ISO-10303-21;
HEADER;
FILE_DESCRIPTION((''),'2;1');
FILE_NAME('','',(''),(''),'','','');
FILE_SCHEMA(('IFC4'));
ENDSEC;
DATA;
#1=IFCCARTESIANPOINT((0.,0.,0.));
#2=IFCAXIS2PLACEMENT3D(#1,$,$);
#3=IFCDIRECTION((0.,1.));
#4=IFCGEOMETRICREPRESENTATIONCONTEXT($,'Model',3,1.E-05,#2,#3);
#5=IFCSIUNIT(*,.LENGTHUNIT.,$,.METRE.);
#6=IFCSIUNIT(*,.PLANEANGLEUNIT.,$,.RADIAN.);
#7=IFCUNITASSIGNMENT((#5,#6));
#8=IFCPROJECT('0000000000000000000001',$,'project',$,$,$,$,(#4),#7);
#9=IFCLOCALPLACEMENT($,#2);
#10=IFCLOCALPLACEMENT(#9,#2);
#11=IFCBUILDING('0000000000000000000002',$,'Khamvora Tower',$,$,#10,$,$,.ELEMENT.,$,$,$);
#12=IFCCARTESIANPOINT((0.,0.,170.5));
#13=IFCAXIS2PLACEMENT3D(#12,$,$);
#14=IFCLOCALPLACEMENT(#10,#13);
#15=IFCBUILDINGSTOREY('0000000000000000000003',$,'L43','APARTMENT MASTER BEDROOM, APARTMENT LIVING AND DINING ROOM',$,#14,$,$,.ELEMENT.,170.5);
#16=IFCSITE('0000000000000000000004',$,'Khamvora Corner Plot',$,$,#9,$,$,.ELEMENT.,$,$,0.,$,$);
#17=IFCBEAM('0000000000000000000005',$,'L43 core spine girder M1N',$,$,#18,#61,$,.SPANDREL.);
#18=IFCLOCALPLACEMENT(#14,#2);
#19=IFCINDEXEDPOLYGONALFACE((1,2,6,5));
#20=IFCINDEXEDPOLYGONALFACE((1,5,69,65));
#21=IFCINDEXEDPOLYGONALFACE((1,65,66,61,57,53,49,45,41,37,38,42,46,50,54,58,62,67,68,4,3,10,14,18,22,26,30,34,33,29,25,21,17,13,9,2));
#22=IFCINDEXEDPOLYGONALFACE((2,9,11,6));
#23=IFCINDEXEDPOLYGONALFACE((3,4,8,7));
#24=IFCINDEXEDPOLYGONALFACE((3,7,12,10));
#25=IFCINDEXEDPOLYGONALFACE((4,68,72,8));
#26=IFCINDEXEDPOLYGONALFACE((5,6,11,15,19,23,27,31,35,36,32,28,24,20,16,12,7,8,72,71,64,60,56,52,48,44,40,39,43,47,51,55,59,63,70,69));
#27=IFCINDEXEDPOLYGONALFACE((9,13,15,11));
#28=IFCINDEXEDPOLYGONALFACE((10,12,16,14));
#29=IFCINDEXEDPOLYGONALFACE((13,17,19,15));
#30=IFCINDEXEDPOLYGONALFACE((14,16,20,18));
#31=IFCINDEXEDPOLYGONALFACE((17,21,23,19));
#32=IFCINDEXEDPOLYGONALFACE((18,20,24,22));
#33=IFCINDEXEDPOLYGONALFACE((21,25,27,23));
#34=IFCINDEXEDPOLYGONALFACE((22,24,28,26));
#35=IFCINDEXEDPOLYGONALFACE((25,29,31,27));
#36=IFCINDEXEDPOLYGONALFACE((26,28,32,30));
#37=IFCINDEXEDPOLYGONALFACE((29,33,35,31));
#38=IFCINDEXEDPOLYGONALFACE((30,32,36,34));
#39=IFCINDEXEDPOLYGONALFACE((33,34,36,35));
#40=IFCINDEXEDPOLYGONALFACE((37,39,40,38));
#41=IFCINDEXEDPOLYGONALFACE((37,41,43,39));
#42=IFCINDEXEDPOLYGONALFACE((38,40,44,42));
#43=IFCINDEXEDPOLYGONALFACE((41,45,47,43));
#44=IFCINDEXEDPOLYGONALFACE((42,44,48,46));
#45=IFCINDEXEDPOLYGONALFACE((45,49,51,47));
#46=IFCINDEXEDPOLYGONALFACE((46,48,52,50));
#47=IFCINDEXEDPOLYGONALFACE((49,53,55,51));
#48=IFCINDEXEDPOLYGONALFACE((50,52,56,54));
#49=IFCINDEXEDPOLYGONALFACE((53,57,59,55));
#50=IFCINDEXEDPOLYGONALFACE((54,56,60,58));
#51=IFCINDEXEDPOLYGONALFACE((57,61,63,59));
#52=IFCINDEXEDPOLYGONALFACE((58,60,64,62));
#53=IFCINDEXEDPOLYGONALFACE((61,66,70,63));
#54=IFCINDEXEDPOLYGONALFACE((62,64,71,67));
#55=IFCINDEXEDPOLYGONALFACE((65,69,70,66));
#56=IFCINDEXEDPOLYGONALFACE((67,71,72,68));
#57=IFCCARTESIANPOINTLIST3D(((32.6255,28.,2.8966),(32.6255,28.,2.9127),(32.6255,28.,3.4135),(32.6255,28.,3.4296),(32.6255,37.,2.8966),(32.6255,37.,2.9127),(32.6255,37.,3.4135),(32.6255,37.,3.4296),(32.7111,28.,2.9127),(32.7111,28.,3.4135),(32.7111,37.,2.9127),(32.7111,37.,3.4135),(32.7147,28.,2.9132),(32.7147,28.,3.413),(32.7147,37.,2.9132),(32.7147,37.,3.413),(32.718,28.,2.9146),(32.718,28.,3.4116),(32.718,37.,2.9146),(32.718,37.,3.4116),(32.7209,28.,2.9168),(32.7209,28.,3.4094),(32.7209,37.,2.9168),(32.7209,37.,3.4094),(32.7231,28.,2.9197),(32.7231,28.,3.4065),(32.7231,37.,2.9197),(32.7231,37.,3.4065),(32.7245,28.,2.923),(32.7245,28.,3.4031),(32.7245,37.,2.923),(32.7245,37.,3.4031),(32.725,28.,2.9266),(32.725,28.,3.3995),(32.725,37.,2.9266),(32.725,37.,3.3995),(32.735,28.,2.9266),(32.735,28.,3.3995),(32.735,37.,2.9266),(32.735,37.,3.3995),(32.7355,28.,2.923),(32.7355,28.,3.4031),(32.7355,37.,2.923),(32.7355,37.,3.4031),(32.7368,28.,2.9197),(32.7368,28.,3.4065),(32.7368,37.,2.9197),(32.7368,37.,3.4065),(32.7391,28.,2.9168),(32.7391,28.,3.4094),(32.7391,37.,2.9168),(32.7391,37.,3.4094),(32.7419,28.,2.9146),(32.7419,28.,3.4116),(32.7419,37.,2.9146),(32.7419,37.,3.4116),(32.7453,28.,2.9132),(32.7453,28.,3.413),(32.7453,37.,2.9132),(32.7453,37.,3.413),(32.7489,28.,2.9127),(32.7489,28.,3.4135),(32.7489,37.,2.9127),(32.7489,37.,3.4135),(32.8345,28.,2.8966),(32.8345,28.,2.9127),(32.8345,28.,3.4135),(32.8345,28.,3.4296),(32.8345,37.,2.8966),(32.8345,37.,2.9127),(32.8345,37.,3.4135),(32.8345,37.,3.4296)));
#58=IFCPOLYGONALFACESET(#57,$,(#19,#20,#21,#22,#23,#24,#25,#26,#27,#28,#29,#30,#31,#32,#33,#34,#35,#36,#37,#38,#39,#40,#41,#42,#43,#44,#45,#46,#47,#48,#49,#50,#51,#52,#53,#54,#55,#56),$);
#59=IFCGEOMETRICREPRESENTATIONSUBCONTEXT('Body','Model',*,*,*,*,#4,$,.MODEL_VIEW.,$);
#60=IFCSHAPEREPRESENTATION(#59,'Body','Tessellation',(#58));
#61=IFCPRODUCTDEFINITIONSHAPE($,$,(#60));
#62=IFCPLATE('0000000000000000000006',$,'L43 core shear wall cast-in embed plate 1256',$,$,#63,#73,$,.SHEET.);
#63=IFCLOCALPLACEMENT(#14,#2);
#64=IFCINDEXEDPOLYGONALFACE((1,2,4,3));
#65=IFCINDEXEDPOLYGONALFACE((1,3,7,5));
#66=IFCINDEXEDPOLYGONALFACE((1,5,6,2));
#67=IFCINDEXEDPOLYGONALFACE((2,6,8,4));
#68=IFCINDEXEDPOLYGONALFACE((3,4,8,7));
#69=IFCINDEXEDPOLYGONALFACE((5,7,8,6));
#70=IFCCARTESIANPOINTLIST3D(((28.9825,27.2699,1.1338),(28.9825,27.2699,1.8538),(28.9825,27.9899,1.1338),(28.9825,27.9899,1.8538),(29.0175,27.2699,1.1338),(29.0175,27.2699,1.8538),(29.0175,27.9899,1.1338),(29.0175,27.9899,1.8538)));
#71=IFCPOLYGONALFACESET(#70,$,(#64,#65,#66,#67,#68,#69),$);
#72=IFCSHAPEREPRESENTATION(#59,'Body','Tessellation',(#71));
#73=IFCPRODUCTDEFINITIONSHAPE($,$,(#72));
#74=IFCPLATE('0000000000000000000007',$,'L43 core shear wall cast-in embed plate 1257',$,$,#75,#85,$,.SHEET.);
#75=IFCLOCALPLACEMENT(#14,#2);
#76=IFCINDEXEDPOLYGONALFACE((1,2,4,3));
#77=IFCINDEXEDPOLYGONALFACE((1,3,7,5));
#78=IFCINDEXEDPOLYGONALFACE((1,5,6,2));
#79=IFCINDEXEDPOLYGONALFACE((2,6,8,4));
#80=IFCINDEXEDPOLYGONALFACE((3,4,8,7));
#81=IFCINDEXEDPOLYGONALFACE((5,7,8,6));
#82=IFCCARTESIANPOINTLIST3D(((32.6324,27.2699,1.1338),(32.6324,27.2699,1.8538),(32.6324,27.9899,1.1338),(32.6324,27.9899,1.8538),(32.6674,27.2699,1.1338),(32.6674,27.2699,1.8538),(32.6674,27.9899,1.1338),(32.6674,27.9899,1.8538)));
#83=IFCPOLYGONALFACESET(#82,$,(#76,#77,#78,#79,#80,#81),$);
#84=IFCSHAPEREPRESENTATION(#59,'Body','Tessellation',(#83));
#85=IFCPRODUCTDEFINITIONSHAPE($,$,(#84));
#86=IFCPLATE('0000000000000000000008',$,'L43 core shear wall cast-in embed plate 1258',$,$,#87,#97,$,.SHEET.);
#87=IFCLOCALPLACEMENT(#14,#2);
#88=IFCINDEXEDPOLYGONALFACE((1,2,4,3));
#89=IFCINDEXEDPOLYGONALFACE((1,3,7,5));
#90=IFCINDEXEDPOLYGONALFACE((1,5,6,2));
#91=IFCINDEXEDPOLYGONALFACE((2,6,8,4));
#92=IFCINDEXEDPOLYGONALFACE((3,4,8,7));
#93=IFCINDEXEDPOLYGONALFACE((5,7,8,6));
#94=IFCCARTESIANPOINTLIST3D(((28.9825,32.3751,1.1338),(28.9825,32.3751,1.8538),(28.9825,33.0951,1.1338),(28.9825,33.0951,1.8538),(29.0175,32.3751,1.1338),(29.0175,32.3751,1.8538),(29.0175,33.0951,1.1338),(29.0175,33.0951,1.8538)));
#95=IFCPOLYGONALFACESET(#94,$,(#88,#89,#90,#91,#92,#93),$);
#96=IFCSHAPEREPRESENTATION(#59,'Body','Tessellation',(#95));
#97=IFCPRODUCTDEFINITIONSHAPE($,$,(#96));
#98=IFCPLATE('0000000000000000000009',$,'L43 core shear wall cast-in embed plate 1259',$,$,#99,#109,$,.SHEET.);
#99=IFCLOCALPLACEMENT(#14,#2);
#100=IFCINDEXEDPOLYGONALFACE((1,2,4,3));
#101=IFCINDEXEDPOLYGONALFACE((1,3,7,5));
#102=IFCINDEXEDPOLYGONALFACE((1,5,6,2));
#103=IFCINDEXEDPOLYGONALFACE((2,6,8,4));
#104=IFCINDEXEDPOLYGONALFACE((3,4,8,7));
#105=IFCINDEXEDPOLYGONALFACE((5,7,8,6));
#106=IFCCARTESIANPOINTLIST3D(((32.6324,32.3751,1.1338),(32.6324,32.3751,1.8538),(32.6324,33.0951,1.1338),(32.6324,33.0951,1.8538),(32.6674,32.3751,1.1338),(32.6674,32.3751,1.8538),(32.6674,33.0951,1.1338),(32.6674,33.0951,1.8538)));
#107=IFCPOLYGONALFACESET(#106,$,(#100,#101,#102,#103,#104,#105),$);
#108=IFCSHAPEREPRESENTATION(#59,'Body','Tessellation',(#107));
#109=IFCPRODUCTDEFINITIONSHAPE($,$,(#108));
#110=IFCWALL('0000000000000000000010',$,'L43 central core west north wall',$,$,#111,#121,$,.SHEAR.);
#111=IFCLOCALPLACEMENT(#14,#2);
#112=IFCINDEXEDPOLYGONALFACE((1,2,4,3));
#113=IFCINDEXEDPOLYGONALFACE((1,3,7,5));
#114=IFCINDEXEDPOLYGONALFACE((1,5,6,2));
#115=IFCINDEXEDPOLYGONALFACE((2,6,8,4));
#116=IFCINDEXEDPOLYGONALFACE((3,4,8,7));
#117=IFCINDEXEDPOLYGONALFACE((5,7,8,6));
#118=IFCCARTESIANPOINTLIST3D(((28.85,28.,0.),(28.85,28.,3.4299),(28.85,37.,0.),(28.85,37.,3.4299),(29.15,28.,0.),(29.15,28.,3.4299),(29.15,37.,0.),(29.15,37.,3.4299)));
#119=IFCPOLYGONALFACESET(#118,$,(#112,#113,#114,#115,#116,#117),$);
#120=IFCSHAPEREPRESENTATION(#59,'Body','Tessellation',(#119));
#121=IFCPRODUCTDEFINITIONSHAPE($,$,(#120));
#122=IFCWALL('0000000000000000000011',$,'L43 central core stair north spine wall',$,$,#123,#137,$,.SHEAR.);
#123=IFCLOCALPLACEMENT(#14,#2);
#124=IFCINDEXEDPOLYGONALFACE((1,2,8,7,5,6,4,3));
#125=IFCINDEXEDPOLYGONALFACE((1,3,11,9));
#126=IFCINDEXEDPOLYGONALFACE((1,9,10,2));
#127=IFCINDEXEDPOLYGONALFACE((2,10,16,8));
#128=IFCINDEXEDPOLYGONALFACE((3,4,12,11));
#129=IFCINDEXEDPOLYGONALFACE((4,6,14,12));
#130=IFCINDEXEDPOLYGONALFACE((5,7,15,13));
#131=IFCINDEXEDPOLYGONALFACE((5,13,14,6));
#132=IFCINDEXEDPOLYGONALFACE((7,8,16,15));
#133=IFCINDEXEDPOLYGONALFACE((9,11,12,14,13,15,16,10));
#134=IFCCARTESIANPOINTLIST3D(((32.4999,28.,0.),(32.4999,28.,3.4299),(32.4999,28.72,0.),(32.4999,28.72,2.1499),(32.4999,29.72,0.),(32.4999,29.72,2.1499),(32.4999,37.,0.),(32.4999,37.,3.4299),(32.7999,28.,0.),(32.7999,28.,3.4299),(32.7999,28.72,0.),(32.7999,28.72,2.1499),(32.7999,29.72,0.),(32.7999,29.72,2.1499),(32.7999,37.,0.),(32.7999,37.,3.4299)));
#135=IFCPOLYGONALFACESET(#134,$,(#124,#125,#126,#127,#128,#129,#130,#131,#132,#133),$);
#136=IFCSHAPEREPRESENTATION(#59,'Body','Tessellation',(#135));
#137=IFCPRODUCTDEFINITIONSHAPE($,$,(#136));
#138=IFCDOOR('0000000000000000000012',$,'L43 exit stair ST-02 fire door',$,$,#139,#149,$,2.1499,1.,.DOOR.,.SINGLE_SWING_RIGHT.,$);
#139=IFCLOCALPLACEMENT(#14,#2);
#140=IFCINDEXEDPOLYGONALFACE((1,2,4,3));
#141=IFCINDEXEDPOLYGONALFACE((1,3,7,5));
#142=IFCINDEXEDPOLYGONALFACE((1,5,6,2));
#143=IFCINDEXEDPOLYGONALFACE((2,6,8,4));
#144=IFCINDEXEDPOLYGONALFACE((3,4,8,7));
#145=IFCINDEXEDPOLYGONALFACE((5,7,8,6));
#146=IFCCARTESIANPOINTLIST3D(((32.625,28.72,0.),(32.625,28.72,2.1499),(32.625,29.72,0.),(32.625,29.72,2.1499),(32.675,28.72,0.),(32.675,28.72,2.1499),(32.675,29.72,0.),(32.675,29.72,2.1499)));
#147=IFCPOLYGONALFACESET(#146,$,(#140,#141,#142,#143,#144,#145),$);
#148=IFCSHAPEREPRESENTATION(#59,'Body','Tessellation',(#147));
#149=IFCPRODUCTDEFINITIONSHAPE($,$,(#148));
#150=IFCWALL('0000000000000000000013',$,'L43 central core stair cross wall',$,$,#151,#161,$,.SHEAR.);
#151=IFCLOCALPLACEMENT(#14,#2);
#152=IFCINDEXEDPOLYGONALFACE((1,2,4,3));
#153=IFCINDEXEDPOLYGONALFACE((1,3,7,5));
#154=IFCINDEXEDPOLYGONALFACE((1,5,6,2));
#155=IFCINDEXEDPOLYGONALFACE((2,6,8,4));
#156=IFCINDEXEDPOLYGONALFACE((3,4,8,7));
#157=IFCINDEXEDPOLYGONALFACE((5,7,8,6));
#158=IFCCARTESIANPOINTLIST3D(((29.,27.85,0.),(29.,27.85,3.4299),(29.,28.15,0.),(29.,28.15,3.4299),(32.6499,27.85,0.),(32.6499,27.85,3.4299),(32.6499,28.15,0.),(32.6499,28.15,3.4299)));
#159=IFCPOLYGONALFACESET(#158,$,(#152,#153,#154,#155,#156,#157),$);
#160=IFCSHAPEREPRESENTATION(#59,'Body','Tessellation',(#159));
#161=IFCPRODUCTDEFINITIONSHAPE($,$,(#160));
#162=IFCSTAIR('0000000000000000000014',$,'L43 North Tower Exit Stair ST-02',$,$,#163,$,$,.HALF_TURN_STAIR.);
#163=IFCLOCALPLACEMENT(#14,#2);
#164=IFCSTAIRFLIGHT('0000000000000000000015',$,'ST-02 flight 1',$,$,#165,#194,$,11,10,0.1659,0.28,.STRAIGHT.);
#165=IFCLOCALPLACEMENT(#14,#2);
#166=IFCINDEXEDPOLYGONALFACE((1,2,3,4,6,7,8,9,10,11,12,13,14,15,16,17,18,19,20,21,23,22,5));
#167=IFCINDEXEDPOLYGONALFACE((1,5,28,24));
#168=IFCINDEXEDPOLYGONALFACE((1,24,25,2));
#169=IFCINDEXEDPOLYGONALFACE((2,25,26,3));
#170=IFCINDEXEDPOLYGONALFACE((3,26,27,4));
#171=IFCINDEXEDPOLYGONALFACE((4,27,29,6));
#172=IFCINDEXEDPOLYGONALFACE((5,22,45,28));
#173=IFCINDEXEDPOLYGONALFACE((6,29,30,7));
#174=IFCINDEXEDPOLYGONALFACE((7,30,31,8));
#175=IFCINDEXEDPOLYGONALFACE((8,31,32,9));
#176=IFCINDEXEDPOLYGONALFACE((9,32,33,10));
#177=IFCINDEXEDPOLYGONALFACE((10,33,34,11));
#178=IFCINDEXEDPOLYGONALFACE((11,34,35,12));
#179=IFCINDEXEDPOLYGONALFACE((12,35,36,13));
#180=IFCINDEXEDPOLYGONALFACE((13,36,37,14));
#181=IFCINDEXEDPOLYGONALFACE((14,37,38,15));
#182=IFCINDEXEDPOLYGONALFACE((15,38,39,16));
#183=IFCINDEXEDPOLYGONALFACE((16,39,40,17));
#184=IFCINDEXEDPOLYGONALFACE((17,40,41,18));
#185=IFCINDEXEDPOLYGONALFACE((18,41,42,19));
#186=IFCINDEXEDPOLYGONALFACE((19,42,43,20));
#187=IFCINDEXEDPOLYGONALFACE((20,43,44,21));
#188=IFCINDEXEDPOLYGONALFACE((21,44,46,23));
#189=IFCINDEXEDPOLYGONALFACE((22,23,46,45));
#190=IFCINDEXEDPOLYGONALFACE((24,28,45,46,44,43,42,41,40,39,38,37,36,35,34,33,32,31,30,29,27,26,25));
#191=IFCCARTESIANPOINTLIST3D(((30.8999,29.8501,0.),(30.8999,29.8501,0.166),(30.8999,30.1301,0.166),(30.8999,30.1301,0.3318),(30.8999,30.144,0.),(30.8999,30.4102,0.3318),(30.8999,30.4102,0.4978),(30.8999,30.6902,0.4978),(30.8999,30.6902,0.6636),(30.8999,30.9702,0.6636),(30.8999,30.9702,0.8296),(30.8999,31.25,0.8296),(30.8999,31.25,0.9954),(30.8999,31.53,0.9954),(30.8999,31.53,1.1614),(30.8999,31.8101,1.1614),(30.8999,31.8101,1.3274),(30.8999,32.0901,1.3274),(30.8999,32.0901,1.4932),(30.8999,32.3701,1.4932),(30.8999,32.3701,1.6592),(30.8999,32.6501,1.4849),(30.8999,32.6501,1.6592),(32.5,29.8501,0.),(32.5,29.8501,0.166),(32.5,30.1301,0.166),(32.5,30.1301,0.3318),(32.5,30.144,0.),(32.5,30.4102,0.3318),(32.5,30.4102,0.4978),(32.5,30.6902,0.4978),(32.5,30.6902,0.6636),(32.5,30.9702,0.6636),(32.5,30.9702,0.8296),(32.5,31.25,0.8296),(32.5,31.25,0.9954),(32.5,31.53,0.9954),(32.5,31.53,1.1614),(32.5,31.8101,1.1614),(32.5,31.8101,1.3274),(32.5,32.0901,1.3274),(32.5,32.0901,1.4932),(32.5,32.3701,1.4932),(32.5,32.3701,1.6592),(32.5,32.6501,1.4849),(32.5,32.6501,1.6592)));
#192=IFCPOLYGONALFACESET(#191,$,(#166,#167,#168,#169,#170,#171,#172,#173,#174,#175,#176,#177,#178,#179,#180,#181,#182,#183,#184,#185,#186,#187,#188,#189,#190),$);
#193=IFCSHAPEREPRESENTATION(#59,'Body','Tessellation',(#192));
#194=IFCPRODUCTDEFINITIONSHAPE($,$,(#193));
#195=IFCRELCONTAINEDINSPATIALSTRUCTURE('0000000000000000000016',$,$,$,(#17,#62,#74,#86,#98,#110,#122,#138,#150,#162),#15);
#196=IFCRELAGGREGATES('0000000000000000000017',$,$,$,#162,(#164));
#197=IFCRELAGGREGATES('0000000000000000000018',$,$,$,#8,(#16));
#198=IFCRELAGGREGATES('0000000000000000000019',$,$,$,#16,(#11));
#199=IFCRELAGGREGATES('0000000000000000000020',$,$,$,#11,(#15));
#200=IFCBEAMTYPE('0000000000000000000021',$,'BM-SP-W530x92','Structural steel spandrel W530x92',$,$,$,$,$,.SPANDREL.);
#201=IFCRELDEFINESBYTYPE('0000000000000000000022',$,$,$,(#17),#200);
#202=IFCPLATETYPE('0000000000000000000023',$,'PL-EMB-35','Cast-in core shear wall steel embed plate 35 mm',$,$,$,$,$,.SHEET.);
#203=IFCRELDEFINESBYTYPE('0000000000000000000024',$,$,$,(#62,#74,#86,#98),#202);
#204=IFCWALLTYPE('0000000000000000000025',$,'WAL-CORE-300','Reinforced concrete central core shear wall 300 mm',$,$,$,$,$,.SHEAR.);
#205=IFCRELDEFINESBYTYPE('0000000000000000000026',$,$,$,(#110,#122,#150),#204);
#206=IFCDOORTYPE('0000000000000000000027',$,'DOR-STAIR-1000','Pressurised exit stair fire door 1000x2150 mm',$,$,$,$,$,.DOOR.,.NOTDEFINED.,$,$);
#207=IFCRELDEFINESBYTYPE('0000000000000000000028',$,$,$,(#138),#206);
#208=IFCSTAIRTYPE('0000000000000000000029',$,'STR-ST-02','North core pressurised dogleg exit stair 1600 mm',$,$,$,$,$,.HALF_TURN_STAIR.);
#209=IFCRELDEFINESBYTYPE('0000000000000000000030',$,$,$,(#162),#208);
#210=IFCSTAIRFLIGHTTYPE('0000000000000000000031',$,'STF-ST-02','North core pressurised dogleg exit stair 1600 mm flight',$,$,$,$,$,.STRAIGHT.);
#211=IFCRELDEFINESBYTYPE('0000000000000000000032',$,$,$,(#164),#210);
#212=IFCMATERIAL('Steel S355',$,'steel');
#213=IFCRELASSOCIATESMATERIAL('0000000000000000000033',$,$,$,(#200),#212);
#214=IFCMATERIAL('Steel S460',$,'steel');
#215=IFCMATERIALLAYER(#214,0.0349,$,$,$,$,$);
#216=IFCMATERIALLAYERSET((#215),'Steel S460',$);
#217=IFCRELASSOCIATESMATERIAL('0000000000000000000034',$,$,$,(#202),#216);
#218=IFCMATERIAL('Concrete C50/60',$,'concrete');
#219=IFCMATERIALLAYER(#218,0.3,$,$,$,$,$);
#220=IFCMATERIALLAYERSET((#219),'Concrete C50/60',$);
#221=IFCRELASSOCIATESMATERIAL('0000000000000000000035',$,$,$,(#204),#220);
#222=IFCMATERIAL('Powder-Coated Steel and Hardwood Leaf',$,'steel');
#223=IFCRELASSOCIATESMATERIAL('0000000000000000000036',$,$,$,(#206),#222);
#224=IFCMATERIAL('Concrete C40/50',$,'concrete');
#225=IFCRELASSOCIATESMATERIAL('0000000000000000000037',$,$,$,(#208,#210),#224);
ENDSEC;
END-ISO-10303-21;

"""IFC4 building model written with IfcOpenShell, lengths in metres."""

from ifc_helpers import new_model, si_unit, direction, frame, frame_2d, origin, origin_2d, place, context, subcontext, project, spatial, polyline, rectangle, i_section, outline, extrude, material, layer, layer_set, material_profile, profile_set, type_object, element, fill, aggregate, save


model = new_model("IFC4")

# Units and contexts
model_context = context("Model", 3, precision=1e-05, world=origin(), true_north=direction((0.0, 1.0)))
body_context = subcontext(model_context, "Body", "Model", "MODEL_VIEW")
ifc_project = project(units=[si_unit("LENGTHUNIT", "METRE"), si_unit("PLANEANGLEUNIT", "RADIAN")], contexts=[model_context])

# Site, building, storey
site_placement = place(None, origin())
site = spatial("IfcSite", under=ifc_project, at=site_placement, Name="Khamvora Corner Plot", CompositionType="ELEMENT", RefElevation=0.0)
building_placement = place(site_placement, origin())
building = spatial("IfcBuilding", under=site, at=building_placement, Name="Khamvora Tower", CompositionType="ELEMENT")
storey_placement = place(building_placement, frame((0.0, 0.0, 170.5)))
storey = spatial("IfcBuildingStorey", under=building, at=storey_placement, Name="L43", Description="APARTMENT MASTER BEDROOM, APARTMENT LIVING AND DINING ROOM", CompositionType="ELEMENT", Elevation=170.5)

# Shared definitions
ifc_material_1 = material(Name="Steel S460", Category="steel")

# Beam
ifc_material_2 = material(Name="Steel S355", Category="steel")
ifc_material_profile_1 = material_profile(ifc_material_2, i_section(OverallWidth=0.209, OverallDepth=0.533, WebThickness=0.01, FlangeThickness=0.0161, FilletRadius=0.0139, at=origin_2d()), Name="W530x92")
ifc_profile_set_1 = profile_set([ifc_material_profile_1], Name="Steel S355")
beam_type_1 = type_object("IfcBeamType", Name="BM-SP-W530x92", Description="Structural steel spandrel W530x92", PredefinedType="SPANDREL", material=ifc_profile_set_1)
beam_1_placement = place(storey_placement, frame((32.73, 28.0, 3.1631), z_axis=(0.0, 1.0, 0.0), x_axis=(-1.0, 0.0, 0.0)))
element("IfcBeam", 1, at=beam_1_placement, inside=storey, type_object=beam_type_1, Name="L43 core spine girder M1N", PredefinedType="SPANDREL", context=body_context, shape_type="SweptSolid", body=[
    extrude(i_section(OverallWidth=0.209, OverallDepth=0.533, WebThickness=0.01, FlangeThickness=0.0161, FilletRadius=0.0139, at=origin_2d()), origin(), (0.0, 0.0, 1.0), 9.0),
])

# Plates
ifc_layer_1 = layer(ifc_material_1, 0.0349)
ifc_layer_set_1 = layer_set([ifc_layer_1], Name="Steel S460")
plate_type = type_object("IfcPlateType", Name="PL-EMB-35", Description="Cast-in core shear wall steel embed plate 35 mm", PredefinedType="SHEET", material=ifc_layer_set_1)
for number, where, z_axis, x_axis, name in (
    (2, (29.0, 27.6299, 1.1338), (0.0, 0.0, 1.0), (1.0, 0.0, 0.0), "L43 core shear wall cast-in embed plate 1256"),
    (3, (32.6499, 27.6299, 1.1338), (0.0, 0.0, 1.0), (1.0, 0.0, 0.0), "L43 core shear wall cast-in embed plate 1257"),
    (4, (29.0, 32.7351, 1.1338), (0.0, 0.0, 1.0), (1.0, 0.0, 0.0), "L43 core shear wall cast-in embed plate 1258"),
    (5, (32.6499, 32.7351, 1.1338), (0.0, 0.0, 1.0), (1.0, 0.0, 0.0), "L43 core shear wall cast-in embed plate 1259"),
):
    element("IfcPlate", number, at=place(storey_placement, frame(where, z_axis=z_axis, x_axis=x_axis)), inside=storey, type_object=plate_type, Name=name, PredefinedType="SHEET", context=body_context, shape_type="SweptSolid", body=[
        extrude(rectangle(XDim=0.0349, YDim=0.72, at=origin_2d()), origin(), (0.0, 0.0, 1.0), 0.72),
    ])

# Wall
ifc_material_3 = material(Name="Concrete C50/60", Category="concrete")
ifc_layer_2 = layer(ifc_material_3, 0.3)
ifc_layer_set_2 = layer_set([ifc_layer_2], Name="Concrete C50/60")
wall_type = type_object("IfcWallType", Name="WAL-CORE-300", Description="Reinforced concrete central core shear wall 300 mm", PredefinedType="SHEAR", material=ifc_layer_set_2)
wall_1_placement = place(storey_placement, frame((29.0, 28.0, 0.0), z_axis=(0.0, 0.0, 1.0), x_axis=(0.0, 1.0, 0.0)))
element("IfcWall", 6, at=wall_1_placement, inside=storey, type_object=wall_type, Name="L43 central core west north wall", PredefinedType="SHEAR", context=body_context, shape_type="SweptSolid", body=[
    extrude(rectangle(XDim=9.0, YDim=0.3, at=frame_2d((4.5, 0.0))), origin(), (0.0, 0.0, 1.0), 3.4299),
])

# Wall, opening, door
wall_2_placement = place(storey_placement, frame((32.6499, 28.0, 0.0), z_axis=(0.0, 0.0, 1.0), x_axis=(0.0, 1.0, 0.0)))
wall_2 = element("IfcWall", 7, at=wall_2_placement, inside=storey, type_object=wall_type, Name="L43 central core stair north spine wall", PredefinedType="SHEAR", context=body_context, shape_type="SweptSolid", body=[
    extrude(rectangle(XDim=9.0, YDim=0.3, at=frame_2d((4.5, 0.0))), origin(), (0.0, 0.0, 1.0), 3.4299),
])
opening_placement = place(wall_2_placement, frame((0.72, 0.0, 0.0)))
opening = element("IfcOpeningElement", 8, at=opening_placement, cuts=wall_2, PredefinedType="OPENING", context=body_context, shape_type="SweptSolid", body=[
    extrude(rectangle(XDim=1.0, YDim=2.1499, at=frame_2d((0.5, 1.075))), frame((0.0, 0.1599, 0.0), z_axis=(0.0, -1.0, 0.0), x_axis=(1.0, 0.0, 0.0)), (0.0, 0.0, 1.0), 0.3201),
])
ifc_material_4 = material(Name="Powder-Coated Steel and Hardwood Leaf", Category="steel")
door_type = type_object("IfcDoorType", Name="DOR-STAIR-1000", Description="Pressurised exit stair fire door 1000x2150 mm", OperationType="NOTDEFINED", PredefinedType="DOOR", material=ifc_material_4)
door_placement = place(opening_placement, origin())
door = element("IfcDoor", 9, at=door_placement, inside=storey, type_object=door_type, Name="L43 exit stair ST-02 fire door", OperationType="SINGLE_SWING_RIGHT", OverallHeight=2.1499, OverallWidth=1.0, PredefinedType="DOOR", context=body_context, shape_type="SweptSolid", body=[
    extrude(rectangle(XDim=1.0, YDim=2.1499, at=frame_2d((0.5, 1.075))), frame((0.0, 0.0249, 0.0), z_axis=(0.0, -1.0, 0.0), x_axis=(1.0, 0.0, 0.0)), (0.0, 0.0, 1.0), 0.05),
])
fill(opening, door)

# Wall
wall_3_placement = place(storey_placement, frame((29.0, 28.0, 0.0), z_axis=(0.0, 0.0, 1.0), x_axis=(1.0, 0.0, 0.0)))
element("IfcWall", 10, at=wall_3_placement, inside=storey, type_object=wall_type, Name="L43 central core stair cross wall", PredefinedType="SHEAR", context=body_context, shape_type="SweptSolid", body=[
    extrude(rectangle(XDim=3.6499, YDim=0.3, at=frame_2d((1.825, 0.0))), origin(), (0.0, 0.0, 1.0), 3.4299),
])

# Stair, stair flight
ifc_material_5 = material(Name="Concrete C40/50", Category="concrete")
stair_type = type_object("IfcStairType", Name="STR-ST-02", Description="North core pressurised dogleg exit stair 1600 mm", PredefinedType="HALF_TURN_STAIR", material=ifc_material_5)
stair_placement = place(storey_placement, origin())
stair = element("IfcStair", 11, at=stair_placement, inside=storey, type_object=stair_type, Name="L43 North Tower Exit Stair ST-02", PredefinedType="HALF_TURN_STAIR")
stair_flight_type = type_object("IfcStairFlightType", Name="STF-ST-02", Description="North core pressurised dogleg exit stair 1600 mm flight", PredefinedType="STRAIGHT", material=ifc_material_5)
stair_flight_1_placement = place(storey_placement, frame((31.7, 29.8501, 0.0), z_axis=(0.0, 0.0, 1.0), x_axis=(0.0, 1.0, 0.0)))
stair_flight_1 = element("IfcStairFlight", 12, at=stair_flight_1_placement, type_object=stair_flight_type, Name="ST-02 flight 1", NumberOfRisers=11, NumberOfTreads=10, PredefinedType="STRAIGHT", RiserHeight=0.1659, TreadLength=0.28, context=body_context, shape_type="SweptSolid", body=[
    extrude(outline(polyline([(0.0, 0.0), (0.0, 0.166), (0.28, 0.166), (0.28, 0.3318), (0.5601, 0.3318), (0.5601, 0.4978), (0.8401, 0.4978), (0.8401, 0.6636), (1.1201, 0.6636), (1.1201, 0.8296), (1.3999, 0.8296), (1.3999, 0.9954), (1.6799, 0.9954), (1.6799, 1.1614), (1.96, 1.1614), (1.96, 1.3274), (2.24, 1.3274), (2.24, 1.4932), (2.52, 1.4932), (2.52, 1.6592), (2.8, 1.6592), (2.8, 1.825), (2.8, 1.4849), (0.2939, 0.0), (0.0, 0.0)])), frame((0.0, 0.8, 0.0), z_axis=(0.0, -1.0, 0.0), x_axis=(1.0, 0.0, 0.0)), (0.0, 0.0, 1.0), 1.6001),
])
aggregate(stair, [stair_flight_1])

save(model, "model.ifc")
